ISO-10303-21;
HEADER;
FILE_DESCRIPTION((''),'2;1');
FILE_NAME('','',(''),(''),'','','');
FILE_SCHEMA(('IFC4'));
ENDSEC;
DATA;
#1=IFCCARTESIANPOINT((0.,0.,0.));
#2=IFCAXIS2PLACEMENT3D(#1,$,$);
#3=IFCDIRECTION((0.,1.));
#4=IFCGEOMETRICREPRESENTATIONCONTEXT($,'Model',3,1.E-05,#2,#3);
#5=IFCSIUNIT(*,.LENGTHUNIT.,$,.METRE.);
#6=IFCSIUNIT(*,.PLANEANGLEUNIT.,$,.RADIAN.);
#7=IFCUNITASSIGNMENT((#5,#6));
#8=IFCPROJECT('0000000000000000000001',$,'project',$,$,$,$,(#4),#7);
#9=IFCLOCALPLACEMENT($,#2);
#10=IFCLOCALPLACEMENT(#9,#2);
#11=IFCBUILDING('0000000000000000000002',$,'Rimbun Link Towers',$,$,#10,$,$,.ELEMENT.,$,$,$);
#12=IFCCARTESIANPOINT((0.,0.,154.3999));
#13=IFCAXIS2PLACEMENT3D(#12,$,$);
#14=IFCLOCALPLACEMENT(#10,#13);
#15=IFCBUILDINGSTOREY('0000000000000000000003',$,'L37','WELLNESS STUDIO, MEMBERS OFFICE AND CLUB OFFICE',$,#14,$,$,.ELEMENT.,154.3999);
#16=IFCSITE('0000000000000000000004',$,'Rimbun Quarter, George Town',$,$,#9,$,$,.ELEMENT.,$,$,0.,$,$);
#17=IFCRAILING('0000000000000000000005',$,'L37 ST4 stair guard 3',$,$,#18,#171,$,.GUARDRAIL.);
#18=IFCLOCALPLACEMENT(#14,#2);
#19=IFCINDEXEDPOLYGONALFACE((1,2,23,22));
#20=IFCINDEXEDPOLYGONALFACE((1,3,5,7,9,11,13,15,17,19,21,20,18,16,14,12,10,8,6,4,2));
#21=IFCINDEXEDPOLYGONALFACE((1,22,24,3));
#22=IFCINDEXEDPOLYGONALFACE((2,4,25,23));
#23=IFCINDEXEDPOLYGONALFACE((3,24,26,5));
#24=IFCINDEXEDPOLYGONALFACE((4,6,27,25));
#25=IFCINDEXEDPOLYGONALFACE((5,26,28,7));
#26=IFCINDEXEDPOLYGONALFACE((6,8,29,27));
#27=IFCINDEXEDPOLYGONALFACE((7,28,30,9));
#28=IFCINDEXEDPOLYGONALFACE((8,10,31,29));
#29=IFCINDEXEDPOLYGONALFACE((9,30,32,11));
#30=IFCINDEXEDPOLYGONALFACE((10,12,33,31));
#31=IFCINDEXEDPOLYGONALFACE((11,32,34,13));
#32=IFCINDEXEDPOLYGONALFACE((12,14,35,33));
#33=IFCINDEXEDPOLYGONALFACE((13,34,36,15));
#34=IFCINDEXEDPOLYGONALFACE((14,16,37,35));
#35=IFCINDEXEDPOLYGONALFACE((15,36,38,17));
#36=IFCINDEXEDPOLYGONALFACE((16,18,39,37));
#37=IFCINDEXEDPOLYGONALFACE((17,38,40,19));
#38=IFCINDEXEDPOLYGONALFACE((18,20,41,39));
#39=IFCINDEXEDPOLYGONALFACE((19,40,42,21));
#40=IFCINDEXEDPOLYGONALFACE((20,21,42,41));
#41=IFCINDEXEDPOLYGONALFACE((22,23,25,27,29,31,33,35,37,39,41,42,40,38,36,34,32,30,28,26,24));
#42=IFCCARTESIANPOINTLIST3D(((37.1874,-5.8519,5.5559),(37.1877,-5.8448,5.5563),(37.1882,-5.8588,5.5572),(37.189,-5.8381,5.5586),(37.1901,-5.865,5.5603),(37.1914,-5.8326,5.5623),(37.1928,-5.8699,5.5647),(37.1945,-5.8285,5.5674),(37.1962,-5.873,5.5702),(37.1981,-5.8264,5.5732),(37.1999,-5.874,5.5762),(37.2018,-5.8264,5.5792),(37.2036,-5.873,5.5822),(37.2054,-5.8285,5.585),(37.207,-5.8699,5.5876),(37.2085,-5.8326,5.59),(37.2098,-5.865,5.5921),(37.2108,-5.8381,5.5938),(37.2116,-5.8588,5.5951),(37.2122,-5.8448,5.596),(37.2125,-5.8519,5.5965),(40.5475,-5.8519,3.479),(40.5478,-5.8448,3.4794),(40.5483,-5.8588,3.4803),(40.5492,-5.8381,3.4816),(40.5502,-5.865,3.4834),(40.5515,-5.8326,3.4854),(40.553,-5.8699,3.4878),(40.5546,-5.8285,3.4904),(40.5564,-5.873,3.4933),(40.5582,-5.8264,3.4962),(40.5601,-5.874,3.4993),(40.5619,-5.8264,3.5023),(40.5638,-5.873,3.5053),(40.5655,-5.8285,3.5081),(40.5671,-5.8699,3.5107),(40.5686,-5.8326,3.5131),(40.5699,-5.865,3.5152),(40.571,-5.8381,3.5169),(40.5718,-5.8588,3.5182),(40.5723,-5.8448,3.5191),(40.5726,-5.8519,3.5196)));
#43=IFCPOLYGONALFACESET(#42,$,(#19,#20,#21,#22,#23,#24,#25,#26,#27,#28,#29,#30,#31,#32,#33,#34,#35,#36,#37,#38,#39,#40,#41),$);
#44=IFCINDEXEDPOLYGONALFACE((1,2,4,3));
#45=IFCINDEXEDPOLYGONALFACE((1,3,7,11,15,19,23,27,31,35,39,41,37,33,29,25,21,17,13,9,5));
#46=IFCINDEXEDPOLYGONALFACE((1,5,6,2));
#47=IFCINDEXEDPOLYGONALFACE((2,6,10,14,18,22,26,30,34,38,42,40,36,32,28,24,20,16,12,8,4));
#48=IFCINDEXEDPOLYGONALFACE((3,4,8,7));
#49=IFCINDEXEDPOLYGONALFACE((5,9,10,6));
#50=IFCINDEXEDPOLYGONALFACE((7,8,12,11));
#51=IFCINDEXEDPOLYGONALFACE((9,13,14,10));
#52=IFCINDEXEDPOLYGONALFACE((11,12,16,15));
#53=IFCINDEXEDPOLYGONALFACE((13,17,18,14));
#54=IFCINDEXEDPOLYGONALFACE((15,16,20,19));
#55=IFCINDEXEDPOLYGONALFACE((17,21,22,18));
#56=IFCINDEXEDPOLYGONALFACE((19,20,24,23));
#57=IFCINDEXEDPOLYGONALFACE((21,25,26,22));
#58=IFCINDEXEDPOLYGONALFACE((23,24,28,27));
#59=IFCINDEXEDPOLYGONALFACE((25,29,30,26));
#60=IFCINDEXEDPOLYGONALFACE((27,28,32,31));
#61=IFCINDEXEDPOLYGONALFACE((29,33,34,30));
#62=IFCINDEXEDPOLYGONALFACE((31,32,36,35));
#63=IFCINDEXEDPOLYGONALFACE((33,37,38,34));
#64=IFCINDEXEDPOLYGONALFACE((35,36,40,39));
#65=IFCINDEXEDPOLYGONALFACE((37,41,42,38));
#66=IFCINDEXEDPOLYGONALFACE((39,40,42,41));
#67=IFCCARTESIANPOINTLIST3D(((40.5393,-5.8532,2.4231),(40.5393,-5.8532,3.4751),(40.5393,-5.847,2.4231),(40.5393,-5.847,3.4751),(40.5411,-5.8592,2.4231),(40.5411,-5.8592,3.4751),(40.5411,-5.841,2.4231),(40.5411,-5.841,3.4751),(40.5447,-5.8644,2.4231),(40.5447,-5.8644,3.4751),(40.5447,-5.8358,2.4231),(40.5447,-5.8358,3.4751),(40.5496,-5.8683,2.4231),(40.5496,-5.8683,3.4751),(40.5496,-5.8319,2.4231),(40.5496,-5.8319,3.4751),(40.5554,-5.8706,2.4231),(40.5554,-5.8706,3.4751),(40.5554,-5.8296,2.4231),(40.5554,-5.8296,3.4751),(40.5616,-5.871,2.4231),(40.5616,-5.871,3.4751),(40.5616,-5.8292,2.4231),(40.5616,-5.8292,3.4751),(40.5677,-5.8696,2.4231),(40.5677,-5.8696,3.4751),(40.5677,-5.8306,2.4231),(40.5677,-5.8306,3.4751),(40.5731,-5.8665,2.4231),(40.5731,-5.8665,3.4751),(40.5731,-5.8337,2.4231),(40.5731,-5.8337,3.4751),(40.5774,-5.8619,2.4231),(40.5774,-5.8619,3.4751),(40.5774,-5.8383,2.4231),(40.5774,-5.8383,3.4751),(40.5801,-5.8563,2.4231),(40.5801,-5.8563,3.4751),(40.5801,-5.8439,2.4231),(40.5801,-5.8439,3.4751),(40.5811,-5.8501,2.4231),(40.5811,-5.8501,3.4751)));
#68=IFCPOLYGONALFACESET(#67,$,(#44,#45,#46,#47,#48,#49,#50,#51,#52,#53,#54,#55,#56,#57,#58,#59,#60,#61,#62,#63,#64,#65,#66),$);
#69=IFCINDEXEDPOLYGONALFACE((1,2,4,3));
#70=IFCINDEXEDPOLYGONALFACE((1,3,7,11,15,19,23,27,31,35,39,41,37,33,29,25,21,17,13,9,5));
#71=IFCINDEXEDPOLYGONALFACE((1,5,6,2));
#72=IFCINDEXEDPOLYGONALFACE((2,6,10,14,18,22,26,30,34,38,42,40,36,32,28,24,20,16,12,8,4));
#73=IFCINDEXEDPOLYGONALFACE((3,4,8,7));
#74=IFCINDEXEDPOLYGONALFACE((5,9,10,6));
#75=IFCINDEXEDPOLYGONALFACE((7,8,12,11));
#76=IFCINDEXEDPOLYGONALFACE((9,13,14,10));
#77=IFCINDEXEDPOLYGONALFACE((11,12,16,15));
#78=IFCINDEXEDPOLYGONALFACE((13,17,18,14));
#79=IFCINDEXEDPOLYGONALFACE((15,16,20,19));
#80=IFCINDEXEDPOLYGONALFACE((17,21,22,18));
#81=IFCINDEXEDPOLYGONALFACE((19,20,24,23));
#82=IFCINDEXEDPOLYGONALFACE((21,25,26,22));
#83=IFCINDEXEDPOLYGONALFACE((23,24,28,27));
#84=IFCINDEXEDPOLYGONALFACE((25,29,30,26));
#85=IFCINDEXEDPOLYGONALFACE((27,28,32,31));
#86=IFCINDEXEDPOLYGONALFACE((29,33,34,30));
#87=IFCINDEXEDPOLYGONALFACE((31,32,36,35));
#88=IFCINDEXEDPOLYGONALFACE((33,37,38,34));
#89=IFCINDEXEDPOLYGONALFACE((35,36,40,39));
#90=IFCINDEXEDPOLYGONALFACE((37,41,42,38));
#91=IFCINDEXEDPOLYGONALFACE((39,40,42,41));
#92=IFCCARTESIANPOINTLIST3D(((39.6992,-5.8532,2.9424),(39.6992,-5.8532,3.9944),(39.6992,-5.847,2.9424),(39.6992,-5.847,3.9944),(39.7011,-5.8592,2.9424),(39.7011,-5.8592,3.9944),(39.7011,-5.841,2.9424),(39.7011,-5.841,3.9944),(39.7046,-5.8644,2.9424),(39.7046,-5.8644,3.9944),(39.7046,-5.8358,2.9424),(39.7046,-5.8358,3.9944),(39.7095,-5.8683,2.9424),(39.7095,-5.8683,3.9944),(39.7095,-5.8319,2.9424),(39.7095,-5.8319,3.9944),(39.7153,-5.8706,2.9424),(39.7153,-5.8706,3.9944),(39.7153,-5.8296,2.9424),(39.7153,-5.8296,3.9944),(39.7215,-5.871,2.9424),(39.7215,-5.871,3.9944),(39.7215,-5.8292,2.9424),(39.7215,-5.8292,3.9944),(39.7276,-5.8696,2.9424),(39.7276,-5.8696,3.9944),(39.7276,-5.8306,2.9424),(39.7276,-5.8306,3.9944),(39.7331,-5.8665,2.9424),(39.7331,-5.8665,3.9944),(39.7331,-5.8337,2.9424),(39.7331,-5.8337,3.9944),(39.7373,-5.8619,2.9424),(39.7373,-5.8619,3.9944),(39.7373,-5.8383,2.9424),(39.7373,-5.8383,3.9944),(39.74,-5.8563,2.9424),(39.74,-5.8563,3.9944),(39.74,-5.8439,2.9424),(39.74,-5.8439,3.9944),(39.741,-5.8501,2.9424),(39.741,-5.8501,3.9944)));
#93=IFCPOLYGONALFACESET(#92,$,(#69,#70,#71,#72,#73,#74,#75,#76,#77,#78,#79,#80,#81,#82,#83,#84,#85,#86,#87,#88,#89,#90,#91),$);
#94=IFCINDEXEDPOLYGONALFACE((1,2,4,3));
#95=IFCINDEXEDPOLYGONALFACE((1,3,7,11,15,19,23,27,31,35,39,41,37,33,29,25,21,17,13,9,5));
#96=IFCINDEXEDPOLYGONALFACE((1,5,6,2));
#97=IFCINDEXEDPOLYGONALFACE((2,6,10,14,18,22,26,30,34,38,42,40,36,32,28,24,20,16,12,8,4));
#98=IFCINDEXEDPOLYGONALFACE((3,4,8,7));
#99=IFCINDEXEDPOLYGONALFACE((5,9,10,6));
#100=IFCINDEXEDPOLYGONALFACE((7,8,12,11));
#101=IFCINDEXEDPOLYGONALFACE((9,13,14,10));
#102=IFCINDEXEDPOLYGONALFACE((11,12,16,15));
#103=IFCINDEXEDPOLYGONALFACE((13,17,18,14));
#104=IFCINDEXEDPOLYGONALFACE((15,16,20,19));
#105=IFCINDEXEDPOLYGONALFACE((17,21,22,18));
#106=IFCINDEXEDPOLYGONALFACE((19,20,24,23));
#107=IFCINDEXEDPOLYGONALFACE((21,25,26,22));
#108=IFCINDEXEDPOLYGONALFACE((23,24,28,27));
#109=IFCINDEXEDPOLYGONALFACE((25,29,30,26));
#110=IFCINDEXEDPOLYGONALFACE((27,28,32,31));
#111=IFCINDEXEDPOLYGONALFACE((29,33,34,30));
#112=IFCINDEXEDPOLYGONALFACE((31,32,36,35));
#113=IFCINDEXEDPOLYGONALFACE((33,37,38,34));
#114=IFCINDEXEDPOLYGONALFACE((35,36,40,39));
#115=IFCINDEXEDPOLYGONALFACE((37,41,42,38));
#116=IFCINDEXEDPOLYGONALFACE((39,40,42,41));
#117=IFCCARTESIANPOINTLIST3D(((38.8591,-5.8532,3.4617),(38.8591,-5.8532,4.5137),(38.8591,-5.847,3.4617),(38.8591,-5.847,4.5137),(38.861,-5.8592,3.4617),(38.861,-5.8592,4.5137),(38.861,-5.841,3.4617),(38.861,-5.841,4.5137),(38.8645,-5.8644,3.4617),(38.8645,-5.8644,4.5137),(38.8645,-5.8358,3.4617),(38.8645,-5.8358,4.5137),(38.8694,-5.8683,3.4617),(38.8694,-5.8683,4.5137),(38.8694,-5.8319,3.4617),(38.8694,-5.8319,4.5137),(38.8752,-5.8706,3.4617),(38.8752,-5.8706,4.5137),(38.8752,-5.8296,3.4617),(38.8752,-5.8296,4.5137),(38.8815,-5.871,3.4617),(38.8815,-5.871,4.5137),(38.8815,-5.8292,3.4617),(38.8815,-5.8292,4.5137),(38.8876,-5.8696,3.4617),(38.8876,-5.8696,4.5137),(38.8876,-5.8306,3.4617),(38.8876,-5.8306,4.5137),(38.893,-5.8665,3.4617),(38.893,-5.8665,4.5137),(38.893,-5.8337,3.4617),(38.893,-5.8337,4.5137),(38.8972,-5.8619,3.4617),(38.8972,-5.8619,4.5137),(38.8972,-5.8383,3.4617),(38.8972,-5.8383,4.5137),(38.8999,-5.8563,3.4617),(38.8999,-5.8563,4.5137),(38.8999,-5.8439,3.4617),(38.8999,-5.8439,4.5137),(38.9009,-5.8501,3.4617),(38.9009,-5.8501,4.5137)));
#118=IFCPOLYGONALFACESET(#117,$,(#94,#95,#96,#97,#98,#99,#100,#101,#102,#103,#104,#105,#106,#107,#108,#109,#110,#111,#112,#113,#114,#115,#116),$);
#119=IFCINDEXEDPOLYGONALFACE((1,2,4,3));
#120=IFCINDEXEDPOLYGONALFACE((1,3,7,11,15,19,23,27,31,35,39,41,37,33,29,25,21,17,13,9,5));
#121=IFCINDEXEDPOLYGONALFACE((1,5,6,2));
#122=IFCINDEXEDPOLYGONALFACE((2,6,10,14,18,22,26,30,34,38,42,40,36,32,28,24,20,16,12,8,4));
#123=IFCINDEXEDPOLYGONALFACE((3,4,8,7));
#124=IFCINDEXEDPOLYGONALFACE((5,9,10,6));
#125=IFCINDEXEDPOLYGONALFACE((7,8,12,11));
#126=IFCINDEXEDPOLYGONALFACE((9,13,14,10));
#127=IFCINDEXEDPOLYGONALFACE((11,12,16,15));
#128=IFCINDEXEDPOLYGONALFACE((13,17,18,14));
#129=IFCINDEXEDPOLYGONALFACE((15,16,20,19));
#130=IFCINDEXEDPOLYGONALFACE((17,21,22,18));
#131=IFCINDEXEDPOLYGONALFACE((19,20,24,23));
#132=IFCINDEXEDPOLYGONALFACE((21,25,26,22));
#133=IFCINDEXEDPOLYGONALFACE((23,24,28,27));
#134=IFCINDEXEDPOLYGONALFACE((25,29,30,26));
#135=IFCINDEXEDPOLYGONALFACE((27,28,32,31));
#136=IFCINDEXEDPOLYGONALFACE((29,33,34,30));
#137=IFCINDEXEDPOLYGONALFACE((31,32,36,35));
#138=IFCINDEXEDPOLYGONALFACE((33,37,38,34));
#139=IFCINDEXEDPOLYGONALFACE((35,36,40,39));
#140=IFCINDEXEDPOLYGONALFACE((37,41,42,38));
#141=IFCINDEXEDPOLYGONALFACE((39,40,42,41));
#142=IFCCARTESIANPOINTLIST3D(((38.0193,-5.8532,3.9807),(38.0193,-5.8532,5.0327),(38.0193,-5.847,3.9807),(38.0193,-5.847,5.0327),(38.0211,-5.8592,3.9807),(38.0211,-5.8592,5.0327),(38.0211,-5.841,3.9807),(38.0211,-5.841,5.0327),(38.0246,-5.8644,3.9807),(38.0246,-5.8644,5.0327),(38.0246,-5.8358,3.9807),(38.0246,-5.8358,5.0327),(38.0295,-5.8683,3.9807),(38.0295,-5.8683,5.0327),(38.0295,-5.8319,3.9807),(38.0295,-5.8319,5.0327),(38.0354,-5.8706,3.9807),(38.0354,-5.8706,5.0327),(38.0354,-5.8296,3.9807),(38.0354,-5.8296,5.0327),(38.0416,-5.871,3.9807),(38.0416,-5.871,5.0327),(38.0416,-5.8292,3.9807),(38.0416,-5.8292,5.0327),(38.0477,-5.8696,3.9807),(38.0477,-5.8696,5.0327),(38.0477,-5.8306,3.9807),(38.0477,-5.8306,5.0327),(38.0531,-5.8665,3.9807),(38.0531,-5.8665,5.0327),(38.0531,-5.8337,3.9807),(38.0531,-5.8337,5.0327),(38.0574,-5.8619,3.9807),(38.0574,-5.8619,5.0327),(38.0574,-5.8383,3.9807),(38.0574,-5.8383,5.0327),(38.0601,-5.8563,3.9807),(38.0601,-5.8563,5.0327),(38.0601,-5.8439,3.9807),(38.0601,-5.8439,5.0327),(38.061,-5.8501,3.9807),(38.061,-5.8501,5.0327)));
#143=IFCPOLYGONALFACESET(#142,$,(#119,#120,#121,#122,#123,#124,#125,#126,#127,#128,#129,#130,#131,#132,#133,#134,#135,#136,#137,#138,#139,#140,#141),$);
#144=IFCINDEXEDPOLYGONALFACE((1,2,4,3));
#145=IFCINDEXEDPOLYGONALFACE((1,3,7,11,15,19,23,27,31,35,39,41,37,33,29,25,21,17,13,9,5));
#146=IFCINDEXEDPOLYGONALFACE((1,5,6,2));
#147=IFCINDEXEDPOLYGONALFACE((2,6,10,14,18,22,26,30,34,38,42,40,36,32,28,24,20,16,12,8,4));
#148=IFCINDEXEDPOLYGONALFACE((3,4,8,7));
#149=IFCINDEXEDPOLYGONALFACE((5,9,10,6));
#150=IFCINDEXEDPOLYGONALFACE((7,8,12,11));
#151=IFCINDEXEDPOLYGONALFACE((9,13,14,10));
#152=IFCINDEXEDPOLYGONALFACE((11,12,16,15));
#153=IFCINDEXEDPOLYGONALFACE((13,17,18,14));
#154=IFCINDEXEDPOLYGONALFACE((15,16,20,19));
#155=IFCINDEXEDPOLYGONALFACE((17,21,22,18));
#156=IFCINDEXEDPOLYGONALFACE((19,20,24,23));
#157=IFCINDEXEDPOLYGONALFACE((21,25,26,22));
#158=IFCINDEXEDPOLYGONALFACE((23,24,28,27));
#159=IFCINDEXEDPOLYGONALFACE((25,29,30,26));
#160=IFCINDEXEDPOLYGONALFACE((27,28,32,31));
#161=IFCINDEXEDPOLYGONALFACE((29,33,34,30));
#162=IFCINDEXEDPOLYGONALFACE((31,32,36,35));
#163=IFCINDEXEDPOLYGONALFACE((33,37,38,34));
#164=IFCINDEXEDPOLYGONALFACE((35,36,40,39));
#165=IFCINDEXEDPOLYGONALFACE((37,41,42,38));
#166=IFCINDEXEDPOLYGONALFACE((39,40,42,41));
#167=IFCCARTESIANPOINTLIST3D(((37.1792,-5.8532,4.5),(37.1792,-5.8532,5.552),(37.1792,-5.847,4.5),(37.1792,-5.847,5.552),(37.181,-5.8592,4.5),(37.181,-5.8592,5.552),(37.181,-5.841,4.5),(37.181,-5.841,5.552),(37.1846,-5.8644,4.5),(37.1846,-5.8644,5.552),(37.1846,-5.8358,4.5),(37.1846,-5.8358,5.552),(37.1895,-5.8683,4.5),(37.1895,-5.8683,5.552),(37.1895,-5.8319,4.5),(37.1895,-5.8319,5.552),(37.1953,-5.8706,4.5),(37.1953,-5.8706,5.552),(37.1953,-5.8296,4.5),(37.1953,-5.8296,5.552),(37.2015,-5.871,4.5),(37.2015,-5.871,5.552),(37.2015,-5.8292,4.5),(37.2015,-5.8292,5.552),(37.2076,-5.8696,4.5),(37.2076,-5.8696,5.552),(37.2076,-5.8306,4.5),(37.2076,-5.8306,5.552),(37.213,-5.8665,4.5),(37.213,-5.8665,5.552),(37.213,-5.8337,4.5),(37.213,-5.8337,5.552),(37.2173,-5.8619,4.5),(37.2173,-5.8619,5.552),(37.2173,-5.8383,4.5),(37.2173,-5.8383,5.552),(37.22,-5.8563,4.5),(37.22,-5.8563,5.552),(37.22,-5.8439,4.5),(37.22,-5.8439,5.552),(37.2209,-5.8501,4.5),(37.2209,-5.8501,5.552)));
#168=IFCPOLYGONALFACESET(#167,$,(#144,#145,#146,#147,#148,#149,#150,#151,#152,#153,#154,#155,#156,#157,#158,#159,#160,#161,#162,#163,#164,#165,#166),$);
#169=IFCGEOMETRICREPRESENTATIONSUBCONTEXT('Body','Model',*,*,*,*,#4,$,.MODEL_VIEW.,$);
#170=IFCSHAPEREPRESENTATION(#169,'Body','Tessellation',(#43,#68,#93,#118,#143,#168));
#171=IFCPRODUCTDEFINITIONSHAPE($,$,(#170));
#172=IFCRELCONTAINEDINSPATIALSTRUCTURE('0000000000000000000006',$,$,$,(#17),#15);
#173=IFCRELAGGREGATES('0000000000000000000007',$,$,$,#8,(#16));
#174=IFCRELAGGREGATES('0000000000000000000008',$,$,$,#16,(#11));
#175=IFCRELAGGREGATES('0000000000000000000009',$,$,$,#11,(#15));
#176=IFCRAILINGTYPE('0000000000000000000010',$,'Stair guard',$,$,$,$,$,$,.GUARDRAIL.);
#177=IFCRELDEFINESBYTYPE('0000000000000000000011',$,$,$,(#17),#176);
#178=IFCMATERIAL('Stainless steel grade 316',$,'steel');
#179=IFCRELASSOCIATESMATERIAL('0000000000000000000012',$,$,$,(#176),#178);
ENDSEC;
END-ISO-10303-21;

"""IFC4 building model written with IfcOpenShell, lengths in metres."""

from ifc_helpers import new_model, si_unit, direction, frame, origin, origin_2d, place, context, subcontext, project, spatial, circle, extrude, material, type_object, element, save


model = new_model("IFC4")

# Units and contexts
model_context = context("Model", 3, precision=1e-05, world=origin(), true_north=direction((0.0, 1.0)))
body_context = subcontext(model_context, "Body", "Model", "MODEL_VIEW")
ifc_project = project(units=[si_unit("LENGTHUNIT", "METRE"), si_unit("PLANEANGLEUNIT", "RADIAN")], contexts=[model_context])

# Site, building, storey
site_placement = place(None, origin())
site = spatial("IfcSite", under=ifc_project, at=site_placement, Name="Rimbun Quarter, George Town", CompositionType="ELEMENT", RefElevation=0.0)
building_placement = place(site_placement, origin())
building = spatial("IfcBuilding", under=site, at=building_placement, Name="Rimbun Link Towers", CompositionType="ELEMENT")
storey_placement = place(building_placement, frame((0.0, 0.0, 154.3999)))
storey = spatial("IfcBuildingStorey", under=building, at=storey_placement, Name="L37", Description="WELLNESS STUDIO, MEMBERS OFFICE AND CLUB OFFICE", CompositionType="ELEMENT", Elevation=154.3999)

# Railing
ifc_material_1 = material(Name="Stainless steel grade 316", Category="steel")
railing_type_1 = type_object("IfcRailingType", Name="Stair guard", PredefinedType="GUARDRAIL", material=ifc_material_1)
railing_1_placement = place(storey_placement, frame((40.5601, -5.8501, 2.4231)))
element("IfcRailing", 1, at=railing_1_placement, inside=storey, type_object=railing_type_1, Name="L37 ST4 stair guard 3", PredefinedType="GUARDRAIL", context=body_context, shape_type="SweptSolid", body=[
    extrude(circle(Radius=0.0239, at=origin_2d()), frame((0.0, 0.0, 1.0762), z_axis=(-0.850623, 0.0, 0.525776), x_axis=(0.0, -1.0, 0.0)), (0.0, 0.0, 1.0), 3.9502),
    extrude(circle(Radius=0.021, at=origin_2d()), origin(), (0.0, 0.0, 1.0), 1.052),
    extrude(circle(Radius=0.021, at=origin_2d()), frame((-0.8401, 0.0, 0.5193)), (0.0, 0.0, 1.0), 1.052),
    extrude(circle(Radius=0.021, at=origin_2d()), frame((-1.6802, 0.0, 1.0386)), (0.0, 0.0, 1.0), 1.052),
    extrude(circle(Radius=0.021, at=origin_2d()), frame((-2.52, 0.0, 1.5576)), (0.0, 0.0, 1.0), 1.052),
    extrude(circle(Radius=0.021, at=origin_2d()), frame((-3.3601, 0.0, 2.0769)), (0.0, 0.0, 1.0), 1.052),
])

save(model, "model.ifc")
